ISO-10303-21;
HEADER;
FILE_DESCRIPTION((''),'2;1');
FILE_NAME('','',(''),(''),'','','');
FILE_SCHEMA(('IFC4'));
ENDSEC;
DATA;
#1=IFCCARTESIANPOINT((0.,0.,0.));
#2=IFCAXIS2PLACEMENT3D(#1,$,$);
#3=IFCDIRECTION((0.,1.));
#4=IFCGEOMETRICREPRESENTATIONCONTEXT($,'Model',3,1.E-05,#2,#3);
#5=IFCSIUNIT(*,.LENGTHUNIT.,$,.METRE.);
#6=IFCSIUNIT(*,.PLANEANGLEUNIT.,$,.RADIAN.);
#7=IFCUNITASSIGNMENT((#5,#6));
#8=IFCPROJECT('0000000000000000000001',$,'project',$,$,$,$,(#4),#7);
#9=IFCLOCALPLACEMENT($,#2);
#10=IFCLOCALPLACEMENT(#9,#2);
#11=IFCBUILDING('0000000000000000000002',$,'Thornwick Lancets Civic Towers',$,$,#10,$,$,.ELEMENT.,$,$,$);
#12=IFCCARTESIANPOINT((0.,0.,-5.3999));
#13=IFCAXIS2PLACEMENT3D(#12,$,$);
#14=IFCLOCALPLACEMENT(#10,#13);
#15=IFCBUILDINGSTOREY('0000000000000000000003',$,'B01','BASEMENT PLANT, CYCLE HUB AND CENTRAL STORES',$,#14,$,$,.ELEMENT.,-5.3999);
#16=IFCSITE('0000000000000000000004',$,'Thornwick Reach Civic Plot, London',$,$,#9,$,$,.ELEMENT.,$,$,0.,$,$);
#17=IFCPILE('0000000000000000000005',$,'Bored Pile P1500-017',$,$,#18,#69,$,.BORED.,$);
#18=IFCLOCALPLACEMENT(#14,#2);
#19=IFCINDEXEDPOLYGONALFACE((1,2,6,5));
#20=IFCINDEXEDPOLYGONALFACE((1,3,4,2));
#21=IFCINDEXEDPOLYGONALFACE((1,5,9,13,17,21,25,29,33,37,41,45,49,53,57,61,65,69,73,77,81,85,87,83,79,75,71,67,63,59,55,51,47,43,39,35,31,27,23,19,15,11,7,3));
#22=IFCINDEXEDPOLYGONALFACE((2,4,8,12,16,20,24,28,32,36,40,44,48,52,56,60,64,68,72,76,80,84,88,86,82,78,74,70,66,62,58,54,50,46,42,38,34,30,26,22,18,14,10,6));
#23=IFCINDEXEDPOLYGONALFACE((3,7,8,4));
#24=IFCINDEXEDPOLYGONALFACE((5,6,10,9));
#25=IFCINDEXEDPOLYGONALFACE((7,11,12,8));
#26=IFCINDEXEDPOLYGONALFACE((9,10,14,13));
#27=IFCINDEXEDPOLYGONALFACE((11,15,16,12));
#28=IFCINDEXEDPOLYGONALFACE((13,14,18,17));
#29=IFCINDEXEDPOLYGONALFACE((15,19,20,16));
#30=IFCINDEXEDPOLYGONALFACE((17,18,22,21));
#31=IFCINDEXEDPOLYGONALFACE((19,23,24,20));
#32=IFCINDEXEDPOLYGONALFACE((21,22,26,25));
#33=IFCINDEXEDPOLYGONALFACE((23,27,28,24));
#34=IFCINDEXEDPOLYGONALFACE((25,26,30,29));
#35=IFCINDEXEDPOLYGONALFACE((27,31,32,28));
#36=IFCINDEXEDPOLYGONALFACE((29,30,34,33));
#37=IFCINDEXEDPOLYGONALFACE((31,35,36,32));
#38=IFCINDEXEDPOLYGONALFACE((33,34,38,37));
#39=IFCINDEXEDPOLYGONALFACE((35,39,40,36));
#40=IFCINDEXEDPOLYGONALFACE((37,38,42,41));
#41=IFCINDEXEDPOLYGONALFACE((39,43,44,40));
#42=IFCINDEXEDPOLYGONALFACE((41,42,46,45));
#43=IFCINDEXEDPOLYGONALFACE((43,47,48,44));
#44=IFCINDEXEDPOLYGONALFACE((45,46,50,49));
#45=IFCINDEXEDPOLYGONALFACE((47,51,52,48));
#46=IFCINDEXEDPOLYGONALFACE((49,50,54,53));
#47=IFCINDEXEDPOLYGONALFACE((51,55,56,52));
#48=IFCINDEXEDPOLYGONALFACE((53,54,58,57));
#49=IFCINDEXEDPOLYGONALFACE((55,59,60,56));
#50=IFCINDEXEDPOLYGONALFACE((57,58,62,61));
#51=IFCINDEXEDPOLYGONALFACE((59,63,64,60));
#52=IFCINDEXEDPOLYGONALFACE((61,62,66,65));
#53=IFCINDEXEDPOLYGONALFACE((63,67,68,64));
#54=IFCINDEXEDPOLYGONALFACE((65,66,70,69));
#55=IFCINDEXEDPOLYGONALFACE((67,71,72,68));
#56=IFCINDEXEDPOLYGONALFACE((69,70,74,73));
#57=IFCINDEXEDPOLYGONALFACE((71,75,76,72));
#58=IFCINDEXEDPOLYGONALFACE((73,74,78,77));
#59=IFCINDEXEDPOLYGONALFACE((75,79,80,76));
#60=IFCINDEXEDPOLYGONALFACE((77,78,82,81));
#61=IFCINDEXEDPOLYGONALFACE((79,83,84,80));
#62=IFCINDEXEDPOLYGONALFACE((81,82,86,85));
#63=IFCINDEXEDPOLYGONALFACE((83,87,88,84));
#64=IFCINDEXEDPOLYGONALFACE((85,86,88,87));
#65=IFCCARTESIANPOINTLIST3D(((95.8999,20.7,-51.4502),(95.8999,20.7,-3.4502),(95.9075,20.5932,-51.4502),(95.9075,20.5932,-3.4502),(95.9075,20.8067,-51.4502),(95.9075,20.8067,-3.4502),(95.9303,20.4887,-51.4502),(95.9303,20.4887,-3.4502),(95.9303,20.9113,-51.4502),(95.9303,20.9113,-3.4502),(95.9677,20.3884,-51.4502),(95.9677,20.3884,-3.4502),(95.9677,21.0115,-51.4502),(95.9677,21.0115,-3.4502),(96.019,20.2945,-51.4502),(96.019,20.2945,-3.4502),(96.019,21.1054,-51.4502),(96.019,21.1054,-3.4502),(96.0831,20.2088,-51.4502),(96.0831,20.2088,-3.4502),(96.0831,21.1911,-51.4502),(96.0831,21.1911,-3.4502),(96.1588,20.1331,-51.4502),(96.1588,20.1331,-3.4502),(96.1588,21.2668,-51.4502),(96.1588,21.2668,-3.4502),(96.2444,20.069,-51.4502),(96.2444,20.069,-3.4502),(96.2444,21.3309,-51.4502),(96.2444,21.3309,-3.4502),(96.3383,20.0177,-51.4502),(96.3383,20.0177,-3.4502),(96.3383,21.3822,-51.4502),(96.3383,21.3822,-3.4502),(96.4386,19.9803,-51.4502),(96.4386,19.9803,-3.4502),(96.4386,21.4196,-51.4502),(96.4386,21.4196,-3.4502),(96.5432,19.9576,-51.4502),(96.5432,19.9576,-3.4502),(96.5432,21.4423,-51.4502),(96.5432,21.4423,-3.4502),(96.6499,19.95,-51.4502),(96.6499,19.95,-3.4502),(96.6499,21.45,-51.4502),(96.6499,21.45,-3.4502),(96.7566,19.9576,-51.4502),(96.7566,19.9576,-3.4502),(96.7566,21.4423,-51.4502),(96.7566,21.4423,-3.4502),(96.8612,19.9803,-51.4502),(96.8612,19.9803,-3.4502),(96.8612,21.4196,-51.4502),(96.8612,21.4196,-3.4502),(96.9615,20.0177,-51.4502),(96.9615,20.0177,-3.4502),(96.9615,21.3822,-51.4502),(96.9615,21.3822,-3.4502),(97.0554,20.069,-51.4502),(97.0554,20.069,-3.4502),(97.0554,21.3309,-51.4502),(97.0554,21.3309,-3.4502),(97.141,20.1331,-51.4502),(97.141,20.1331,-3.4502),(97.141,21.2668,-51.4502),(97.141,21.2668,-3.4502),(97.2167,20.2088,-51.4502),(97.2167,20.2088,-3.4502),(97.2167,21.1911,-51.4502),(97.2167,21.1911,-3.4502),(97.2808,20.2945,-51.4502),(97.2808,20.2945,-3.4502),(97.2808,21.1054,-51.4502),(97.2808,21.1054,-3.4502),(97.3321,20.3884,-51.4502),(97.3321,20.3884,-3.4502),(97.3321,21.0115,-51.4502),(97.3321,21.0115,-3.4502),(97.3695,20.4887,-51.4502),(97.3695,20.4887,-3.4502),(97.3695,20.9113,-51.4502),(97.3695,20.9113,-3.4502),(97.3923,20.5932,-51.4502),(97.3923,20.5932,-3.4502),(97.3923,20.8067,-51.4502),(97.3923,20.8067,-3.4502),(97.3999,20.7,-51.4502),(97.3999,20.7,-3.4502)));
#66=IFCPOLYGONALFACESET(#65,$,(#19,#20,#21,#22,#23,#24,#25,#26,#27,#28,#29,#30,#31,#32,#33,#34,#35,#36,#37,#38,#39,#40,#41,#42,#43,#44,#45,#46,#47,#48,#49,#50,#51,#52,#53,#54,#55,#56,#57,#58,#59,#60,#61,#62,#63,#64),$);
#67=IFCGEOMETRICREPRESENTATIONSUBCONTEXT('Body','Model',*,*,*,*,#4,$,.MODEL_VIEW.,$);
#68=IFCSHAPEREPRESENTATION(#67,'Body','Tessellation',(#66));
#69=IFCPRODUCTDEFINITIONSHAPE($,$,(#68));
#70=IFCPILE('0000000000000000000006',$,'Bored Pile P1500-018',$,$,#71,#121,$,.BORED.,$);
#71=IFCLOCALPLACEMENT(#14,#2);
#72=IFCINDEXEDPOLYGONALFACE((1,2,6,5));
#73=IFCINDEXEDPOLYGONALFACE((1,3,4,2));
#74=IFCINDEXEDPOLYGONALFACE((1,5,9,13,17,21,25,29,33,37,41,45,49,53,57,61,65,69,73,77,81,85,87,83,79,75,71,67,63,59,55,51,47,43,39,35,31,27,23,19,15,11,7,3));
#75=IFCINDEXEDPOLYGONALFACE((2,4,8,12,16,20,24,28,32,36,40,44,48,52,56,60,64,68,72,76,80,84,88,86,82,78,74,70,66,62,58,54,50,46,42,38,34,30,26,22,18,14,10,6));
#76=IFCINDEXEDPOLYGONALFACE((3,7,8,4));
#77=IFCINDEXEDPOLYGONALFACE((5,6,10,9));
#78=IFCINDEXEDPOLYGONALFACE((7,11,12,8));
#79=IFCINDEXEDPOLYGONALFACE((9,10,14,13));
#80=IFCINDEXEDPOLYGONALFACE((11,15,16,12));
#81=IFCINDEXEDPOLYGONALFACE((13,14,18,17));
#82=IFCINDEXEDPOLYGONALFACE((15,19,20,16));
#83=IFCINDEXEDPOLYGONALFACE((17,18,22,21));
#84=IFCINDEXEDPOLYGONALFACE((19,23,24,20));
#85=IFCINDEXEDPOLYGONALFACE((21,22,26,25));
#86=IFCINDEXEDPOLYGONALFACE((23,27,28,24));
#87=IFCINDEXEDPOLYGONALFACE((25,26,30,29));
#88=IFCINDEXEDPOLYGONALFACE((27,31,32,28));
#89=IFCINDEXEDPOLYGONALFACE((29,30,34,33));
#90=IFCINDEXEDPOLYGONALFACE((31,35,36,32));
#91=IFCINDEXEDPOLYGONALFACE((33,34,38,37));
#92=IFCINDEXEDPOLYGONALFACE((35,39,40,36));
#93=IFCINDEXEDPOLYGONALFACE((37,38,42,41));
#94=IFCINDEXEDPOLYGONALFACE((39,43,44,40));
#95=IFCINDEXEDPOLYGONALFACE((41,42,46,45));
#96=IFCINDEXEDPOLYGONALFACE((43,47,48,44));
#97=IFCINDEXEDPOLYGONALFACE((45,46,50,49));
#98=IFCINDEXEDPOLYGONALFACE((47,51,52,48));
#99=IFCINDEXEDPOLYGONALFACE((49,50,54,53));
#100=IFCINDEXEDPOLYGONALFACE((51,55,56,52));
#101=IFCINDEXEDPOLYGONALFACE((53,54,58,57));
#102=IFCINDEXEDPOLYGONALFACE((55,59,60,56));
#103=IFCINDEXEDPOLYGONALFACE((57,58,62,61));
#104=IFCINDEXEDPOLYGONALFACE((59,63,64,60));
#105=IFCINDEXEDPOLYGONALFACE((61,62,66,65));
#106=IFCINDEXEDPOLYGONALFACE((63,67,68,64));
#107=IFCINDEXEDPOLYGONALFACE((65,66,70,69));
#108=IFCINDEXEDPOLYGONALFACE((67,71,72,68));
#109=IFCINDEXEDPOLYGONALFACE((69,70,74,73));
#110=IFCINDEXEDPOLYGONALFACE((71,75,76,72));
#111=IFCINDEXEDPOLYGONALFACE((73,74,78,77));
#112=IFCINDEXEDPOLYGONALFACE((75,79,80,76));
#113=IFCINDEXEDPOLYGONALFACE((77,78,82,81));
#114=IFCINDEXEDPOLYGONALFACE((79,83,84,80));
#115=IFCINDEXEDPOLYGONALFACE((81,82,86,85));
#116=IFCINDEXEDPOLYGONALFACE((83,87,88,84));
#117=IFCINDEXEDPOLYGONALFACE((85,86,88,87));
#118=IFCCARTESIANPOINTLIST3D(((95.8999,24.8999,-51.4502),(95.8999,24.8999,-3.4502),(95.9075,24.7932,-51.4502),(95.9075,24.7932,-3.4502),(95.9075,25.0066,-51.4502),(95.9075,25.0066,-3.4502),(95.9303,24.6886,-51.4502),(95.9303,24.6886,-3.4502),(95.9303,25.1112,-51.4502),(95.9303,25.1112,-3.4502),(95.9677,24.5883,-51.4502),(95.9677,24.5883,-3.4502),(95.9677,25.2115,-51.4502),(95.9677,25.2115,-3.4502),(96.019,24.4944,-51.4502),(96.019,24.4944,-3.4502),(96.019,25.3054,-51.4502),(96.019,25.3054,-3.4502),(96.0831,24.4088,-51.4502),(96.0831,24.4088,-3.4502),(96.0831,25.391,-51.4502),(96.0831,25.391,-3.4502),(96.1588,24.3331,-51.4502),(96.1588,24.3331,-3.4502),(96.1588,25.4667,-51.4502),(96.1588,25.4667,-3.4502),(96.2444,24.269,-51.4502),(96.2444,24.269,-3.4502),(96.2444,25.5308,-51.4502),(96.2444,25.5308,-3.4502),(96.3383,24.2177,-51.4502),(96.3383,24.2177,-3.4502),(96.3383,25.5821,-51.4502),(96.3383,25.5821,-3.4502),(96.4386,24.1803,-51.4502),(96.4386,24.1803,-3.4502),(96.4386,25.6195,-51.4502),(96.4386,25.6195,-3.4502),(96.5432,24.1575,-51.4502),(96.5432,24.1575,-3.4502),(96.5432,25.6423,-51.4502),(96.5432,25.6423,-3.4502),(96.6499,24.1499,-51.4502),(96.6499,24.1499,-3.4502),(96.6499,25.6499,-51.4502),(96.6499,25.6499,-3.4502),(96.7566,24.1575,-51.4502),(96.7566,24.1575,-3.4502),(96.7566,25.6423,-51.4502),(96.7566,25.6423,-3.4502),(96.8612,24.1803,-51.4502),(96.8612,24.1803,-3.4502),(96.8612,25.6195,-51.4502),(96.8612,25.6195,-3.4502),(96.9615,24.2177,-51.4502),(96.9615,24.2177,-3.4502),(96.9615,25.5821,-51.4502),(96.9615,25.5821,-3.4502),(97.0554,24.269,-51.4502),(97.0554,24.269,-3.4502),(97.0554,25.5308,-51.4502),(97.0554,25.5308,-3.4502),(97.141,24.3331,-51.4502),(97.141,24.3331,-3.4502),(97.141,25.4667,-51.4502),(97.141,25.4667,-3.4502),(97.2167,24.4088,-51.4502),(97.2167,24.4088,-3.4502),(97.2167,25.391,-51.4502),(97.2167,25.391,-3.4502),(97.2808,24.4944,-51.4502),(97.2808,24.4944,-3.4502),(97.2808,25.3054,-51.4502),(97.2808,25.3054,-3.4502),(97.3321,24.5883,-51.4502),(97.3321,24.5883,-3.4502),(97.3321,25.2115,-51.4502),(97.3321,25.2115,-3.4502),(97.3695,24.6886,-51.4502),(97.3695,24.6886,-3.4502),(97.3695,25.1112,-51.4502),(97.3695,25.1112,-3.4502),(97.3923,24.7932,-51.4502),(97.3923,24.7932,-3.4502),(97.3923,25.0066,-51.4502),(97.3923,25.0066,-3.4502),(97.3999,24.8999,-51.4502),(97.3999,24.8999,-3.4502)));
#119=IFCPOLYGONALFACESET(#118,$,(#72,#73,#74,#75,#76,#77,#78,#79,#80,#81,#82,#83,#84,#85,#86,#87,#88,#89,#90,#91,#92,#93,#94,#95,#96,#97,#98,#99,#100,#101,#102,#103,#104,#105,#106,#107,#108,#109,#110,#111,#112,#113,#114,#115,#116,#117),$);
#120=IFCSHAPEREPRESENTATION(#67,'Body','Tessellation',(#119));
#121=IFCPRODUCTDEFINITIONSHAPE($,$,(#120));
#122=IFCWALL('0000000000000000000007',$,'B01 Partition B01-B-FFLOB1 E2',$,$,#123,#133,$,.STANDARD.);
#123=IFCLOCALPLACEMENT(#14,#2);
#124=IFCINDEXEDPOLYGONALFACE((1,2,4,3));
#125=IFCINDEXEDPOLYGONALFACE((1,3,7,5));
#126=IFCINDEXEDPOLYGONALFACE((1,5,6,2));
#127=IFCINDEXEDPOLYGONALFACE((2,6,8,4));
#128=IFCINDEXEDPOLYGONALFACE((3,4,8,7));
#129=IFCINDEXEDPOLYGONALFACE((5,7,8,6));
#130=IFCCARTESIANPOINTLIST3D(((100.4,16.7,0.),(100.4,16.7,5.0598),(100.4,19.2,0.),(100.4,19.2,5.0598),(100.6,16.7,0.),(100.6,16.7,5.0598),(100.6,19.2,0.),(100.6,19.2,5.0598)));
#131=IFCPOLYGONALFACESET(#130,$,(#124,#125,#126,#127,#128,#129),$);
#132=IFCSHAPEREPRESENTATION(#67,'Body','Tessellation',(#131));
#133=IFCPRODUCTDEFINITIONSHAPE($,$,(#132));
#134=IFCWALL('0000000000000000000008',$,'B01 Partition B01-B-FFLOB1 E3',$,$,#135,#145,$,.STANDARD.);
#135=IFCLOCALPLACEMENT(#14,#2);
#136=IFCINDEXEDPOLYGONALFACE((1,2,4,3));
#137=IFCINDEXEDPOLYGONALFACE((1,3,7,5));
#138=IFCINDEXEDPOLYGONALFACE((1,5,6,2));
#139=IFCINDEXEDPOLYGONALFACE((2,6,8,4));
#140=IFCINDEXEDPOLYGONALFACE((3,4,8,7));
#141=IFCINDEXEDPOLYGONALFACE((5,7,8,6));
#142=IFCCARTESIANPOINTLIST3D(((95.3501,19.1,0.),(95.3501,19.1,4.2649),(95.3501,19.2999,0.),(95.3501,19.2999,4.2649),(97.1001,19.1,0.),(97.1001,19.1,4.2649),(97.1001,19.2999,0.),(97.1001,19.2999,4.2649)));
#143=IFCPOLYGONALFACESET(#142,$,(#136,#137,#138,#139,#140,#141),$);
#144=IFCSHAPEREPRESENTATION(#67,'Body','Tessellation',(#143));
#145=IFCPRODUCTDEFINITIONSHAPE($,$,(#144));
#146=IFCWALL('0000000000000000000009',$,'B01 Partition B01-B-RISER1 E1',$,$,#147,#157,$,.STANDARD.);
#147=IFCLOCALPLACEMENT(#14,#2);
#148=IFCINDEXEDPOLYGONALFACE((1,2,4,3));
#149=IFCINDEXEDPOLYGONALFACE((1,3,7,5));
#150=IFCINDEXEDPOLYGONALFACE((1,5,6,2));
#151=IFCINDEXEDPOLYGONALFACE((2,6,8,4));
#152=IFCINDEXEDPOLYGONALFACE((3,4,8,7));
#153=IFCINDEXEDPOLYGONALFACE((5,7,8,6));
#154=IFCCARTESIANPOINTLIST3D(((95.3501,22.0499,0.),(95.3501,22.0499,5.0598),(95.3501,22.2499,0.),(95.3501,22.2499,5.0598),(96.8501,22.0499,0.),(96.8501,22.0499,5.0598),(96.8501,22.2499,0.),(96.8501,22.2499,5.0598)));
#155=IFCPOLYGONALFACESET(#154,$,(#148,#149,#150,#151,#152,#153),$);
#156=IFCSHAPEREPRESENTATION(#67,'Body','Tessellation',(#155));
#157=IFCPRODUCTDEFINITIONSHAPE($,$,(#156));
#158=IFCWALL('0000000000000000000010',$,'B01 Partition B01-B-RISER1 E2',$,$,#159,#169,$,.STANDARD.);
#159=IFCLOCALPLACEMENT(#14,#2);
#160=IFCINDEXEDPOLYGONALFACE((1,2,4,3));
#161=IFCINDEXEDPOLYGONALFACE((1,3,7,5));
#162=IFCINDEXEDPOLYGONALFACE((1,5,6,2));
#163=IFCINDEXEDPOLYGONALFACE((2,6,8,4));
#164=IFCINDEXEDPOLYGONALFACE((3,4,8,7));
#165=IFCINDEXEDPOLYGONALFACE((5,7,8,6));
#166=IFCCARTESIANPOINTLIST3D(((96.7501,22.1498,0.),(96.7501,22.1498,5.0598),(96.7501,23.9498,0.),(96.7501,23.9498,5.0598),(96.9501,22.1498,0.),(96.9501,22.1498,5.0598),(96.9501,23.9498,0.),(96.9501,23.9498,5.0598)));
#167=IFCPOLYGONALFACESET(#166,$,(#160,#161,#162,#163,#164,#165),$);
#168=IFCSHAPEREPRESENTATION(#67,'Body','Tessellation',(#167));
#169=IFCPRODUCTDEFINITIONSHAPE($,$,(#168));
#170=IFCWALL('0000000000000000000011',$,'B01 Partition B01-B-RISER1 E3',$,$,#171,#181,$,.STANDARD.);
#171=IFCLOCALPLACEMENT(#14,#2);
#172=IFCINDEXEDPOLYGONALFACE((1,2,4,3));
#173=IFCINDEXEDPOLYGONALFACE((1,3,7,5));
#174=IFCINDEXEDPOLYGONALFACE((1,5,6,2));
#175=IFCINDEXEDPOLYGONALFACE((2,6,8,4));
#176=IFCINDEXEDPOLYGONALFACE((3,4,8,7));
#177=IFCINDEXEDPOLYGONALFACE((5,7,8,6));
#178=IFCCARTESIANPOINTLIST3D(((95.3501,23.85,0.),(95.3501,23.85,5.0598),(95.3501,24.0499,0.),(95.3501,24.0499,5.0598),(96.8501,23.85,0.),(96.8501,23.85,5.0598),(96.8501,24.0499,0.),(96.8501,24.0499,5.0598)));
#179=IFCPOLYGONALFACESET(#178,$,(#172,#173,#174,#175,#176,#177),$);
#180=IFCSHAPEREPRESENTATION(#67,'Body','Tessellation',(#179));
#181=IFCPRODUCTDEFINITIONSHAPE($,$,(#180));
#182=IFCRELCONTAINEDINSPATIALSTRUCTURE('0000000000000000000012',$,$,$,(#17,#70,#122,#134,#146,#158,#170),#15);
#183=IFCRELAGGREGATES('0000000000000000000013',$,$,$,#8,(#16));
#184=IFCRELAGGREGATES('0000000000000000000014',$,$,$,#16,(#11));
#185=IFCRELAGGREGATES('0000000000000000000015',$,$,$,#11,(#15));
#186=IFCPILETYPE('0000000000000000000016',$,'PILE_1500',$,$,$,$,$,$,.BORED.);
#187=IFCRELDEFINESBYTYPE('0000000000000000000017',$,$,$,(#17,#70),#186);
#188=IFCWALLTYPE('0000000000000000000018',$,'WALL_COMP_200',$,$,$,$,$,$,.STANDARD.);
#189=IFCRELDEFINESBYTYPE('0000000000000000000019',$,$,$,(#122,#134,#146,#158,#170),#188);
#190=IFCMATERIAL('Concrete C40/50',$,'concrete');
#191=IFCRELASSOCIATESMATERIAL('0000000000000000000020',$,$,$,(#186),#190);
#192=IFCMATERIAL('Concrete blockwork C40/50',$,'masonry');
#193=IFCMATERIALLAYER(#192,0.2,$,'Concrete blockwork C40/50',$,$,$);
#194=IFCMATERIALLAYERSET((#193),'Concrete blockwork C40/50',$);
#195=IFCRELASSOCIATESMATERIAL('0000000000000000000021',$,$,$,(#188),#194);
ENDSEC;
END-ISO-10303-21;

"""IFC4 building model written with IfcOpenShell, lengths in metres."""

from ifc_helpers import new_model, si_unit, direction, frame, frame_2d, origin, origin_2d, place, context, subcontext, project, spatial, rectangle, circle, extrude, material, layer, layer_set, material_profile, profile_set, type_object, element, save


model = new_model("IFC4")

# Units and contexts
model_context = context("Model", 3, precision=1e-05, world=origin(), true_north=direction((0.0, 1.0)))
body_context = subcontext(model_context, "Body", "Model", "MODEL_VIEW")
ifc_project = project(units=[si_unit("LENGTHUNIT", "METRE"), si_unit("PLANEANGLEUNIT", "RADIAN")], contexts=[model_context])

# Site, building, storey
site_placement = place(None, origin())
site = spatial("IfcSite", under=ifc_project, at=site_placement, Name="Thornwick Reach Civic Plot, London", CompositionType="ELEMENT", RefElevation=0.0)
building_placement = place(site_placement, origin())
building = spatial("IfcBuilding", under=site, at=building_placement, Name="Thornwick Lancets Civic Towers", CompositionType="ELEMENT")
storey_placement = place(building_placement, frame((0.0, 0.0, -5.3999)))
storey = spatial("IfcBuildingStorey", under=building, at=storey_placement, Name="B01", Description="BASEMENT PLANT, CYCLE HUB AND CENTRAL STORES", CompositionType="ELEMENT", Elevation=-5.3999)

# Piles
ifc_material_1 = material(Name="Concrete C40/50", Category="concrete")
ifc_material_profile = material_profile(ifc_material_1, circle(Radius=0.75, at=origin_2d()), Name="PILE D1500")
ifc_profile_set = profile_set([ifc_material_profile], Name="Concrete C40/50")
pile_type = type_object("IfcPileType", Name="PILE_1500", PredefinedType="BORED", material=ifc_profile_set)
for number, where, z_axis, x_axis, name in (
    (1, (96.6499, 20.7, -3.4502), (0.0, 0.0, -1.0), (1.0, 0.0, 0.0), "Bored Pile P1500-017"),
    (2, (96.6499, 24.8999, -3.4502), (0.0, 0.0, -1.0), (1.0, 0.0, 0.0), "Bored Pile P1500-018"),
):
    element("IfcPile", number, at=place(storey_placement, frame(where, z_axis=z_axis, x_axis=x_axis)), inside=storey, type_object=pile_type, Name=name, PredefinedType="BORED", context=body_context, shape_type="SweptSolid", body=[
        extrude(circle(Radius=0.75, at=origin_2d()), origin(), (0.0, 0.0, 1.0), 48.0),
    ])

# Walls
ifc_material_2 = material(Name="Concrete blockwork C40/50", Category="masonry")
ifc_layer_1 = layer(ifc_material_2, 0.2, Name="Concrete blockwork C40/50")
ifc_layer_set_1 = layer_set([ifc_layer_1], Name="Concrete blockwork C40/50")
wall_type_1 = type_object("IfcWallType", Name="WALL_COMP_200", PredefinedType="STANDARD", material=ifc_layer_set_1)
wall_1_placement = place(storey_placement, frame((100.5, 16.7, 0.0), z_axis=(0.0, 0.0, 1.0), x_axis=(0.0, 1.0, 0.0)))
element("IfcWall", 3, at=wall_1_placement, inside=storey, type_object=wall_type_1, Name="B01 Partition B01-B-FFLOB1 E2", PredefinedType="STANDARD", context=body_context, shape_type="SweptSolid", body=[
    extrude(rectangle(XDim=2.5, YDim=0.2, at=frame_2d((1.25, 0.0))), origin(), (0.0, 0.0, 1.0), 5.0598),
])
wall_2_placement = place(storey_placement, frame((97.1001, 19.2, 0.0), z_axis=(0.0, 0.0, 1.0), x_axis=(-1.0, 0.0, 0.0)))
element("IfcWall", 4, at=wall_2_placement, inside=storey, type_object=wall_type_1, Name="B01 Partition B01-B-FFLOB1 E3", PredefinedType="STANDARD", context=body_context, shape_type="SweptSolid", body=[
    extrude(rectangle(XDim=1.75, YDim=0.2, at=frame_2d((0.875, 0.0))), origin(), (0.0, 0.0, 1.0), 4.2649),
])
wall_3_placement = place(storey_placement, frame((95.3501, 22.1499, 0.0), z_axis=(0.0, 0.0, 1.0), x_axis=(1.0, 0.0, 0.0)))
element("IfcWall", 5, at=wall_3_placement, inside=storey, type_object=wall_type_1, Name="B01 Partition B01-B-RISER1 E1", PredefinedType="STANDARD", context=body_context, shape_type="SweptSolid", body=[
    extrude(rectangle(XDim=1.5, YDim=0.2, at=frame_2d((0.75, 0.0))), origin(), (0.0, 0.0, 1.0), 5.0598),
])
wall_4_placement = place(storey_placement, frame((96.8501, 22.1499, 0.0), z_axis=(0.0, 0.0, 1.0), x_axis=(0.0, 1.0, 0.0)))
element("IfcWall", 6, at=wall_4_placement, inside=storey, type_object=wall_type_1, Name="B01 Partition B01-B-RISER1 E2", PredefinedType="STANDARD", context=body_context, shape_type="SweptSolid", body=[
    extrude(rectangle(XDim=1.8, YDim=0.2, at=frame_2d((0.8999, 0.0))), origin(), (0.0, 0.0, 1.0), 5.0598),
])
wall_5_placement = place(storey_placement, frame((96.8501, 23.95, 0.0), z_axis=(0.0, 0.0, 1.0), x_axis=(-1.0, 0.0, 0.0)))
element("IfcWall", 7, at=wall_5_placement, inside=storey, type_object=wall_type_1, Name="B01 Partition B01-B-RISER1 E3", PredefinedType="STANDARD", context=body_context, shape_type="SweptSolid", body=[
    extrude(rectangle(XDim=1.5, YDim=0.2, at=frame_2d((0.75, 0.0))), origin(), (0.0, 0.0, 1.0), 5.0598),
])

save(model, "model.ifc")
